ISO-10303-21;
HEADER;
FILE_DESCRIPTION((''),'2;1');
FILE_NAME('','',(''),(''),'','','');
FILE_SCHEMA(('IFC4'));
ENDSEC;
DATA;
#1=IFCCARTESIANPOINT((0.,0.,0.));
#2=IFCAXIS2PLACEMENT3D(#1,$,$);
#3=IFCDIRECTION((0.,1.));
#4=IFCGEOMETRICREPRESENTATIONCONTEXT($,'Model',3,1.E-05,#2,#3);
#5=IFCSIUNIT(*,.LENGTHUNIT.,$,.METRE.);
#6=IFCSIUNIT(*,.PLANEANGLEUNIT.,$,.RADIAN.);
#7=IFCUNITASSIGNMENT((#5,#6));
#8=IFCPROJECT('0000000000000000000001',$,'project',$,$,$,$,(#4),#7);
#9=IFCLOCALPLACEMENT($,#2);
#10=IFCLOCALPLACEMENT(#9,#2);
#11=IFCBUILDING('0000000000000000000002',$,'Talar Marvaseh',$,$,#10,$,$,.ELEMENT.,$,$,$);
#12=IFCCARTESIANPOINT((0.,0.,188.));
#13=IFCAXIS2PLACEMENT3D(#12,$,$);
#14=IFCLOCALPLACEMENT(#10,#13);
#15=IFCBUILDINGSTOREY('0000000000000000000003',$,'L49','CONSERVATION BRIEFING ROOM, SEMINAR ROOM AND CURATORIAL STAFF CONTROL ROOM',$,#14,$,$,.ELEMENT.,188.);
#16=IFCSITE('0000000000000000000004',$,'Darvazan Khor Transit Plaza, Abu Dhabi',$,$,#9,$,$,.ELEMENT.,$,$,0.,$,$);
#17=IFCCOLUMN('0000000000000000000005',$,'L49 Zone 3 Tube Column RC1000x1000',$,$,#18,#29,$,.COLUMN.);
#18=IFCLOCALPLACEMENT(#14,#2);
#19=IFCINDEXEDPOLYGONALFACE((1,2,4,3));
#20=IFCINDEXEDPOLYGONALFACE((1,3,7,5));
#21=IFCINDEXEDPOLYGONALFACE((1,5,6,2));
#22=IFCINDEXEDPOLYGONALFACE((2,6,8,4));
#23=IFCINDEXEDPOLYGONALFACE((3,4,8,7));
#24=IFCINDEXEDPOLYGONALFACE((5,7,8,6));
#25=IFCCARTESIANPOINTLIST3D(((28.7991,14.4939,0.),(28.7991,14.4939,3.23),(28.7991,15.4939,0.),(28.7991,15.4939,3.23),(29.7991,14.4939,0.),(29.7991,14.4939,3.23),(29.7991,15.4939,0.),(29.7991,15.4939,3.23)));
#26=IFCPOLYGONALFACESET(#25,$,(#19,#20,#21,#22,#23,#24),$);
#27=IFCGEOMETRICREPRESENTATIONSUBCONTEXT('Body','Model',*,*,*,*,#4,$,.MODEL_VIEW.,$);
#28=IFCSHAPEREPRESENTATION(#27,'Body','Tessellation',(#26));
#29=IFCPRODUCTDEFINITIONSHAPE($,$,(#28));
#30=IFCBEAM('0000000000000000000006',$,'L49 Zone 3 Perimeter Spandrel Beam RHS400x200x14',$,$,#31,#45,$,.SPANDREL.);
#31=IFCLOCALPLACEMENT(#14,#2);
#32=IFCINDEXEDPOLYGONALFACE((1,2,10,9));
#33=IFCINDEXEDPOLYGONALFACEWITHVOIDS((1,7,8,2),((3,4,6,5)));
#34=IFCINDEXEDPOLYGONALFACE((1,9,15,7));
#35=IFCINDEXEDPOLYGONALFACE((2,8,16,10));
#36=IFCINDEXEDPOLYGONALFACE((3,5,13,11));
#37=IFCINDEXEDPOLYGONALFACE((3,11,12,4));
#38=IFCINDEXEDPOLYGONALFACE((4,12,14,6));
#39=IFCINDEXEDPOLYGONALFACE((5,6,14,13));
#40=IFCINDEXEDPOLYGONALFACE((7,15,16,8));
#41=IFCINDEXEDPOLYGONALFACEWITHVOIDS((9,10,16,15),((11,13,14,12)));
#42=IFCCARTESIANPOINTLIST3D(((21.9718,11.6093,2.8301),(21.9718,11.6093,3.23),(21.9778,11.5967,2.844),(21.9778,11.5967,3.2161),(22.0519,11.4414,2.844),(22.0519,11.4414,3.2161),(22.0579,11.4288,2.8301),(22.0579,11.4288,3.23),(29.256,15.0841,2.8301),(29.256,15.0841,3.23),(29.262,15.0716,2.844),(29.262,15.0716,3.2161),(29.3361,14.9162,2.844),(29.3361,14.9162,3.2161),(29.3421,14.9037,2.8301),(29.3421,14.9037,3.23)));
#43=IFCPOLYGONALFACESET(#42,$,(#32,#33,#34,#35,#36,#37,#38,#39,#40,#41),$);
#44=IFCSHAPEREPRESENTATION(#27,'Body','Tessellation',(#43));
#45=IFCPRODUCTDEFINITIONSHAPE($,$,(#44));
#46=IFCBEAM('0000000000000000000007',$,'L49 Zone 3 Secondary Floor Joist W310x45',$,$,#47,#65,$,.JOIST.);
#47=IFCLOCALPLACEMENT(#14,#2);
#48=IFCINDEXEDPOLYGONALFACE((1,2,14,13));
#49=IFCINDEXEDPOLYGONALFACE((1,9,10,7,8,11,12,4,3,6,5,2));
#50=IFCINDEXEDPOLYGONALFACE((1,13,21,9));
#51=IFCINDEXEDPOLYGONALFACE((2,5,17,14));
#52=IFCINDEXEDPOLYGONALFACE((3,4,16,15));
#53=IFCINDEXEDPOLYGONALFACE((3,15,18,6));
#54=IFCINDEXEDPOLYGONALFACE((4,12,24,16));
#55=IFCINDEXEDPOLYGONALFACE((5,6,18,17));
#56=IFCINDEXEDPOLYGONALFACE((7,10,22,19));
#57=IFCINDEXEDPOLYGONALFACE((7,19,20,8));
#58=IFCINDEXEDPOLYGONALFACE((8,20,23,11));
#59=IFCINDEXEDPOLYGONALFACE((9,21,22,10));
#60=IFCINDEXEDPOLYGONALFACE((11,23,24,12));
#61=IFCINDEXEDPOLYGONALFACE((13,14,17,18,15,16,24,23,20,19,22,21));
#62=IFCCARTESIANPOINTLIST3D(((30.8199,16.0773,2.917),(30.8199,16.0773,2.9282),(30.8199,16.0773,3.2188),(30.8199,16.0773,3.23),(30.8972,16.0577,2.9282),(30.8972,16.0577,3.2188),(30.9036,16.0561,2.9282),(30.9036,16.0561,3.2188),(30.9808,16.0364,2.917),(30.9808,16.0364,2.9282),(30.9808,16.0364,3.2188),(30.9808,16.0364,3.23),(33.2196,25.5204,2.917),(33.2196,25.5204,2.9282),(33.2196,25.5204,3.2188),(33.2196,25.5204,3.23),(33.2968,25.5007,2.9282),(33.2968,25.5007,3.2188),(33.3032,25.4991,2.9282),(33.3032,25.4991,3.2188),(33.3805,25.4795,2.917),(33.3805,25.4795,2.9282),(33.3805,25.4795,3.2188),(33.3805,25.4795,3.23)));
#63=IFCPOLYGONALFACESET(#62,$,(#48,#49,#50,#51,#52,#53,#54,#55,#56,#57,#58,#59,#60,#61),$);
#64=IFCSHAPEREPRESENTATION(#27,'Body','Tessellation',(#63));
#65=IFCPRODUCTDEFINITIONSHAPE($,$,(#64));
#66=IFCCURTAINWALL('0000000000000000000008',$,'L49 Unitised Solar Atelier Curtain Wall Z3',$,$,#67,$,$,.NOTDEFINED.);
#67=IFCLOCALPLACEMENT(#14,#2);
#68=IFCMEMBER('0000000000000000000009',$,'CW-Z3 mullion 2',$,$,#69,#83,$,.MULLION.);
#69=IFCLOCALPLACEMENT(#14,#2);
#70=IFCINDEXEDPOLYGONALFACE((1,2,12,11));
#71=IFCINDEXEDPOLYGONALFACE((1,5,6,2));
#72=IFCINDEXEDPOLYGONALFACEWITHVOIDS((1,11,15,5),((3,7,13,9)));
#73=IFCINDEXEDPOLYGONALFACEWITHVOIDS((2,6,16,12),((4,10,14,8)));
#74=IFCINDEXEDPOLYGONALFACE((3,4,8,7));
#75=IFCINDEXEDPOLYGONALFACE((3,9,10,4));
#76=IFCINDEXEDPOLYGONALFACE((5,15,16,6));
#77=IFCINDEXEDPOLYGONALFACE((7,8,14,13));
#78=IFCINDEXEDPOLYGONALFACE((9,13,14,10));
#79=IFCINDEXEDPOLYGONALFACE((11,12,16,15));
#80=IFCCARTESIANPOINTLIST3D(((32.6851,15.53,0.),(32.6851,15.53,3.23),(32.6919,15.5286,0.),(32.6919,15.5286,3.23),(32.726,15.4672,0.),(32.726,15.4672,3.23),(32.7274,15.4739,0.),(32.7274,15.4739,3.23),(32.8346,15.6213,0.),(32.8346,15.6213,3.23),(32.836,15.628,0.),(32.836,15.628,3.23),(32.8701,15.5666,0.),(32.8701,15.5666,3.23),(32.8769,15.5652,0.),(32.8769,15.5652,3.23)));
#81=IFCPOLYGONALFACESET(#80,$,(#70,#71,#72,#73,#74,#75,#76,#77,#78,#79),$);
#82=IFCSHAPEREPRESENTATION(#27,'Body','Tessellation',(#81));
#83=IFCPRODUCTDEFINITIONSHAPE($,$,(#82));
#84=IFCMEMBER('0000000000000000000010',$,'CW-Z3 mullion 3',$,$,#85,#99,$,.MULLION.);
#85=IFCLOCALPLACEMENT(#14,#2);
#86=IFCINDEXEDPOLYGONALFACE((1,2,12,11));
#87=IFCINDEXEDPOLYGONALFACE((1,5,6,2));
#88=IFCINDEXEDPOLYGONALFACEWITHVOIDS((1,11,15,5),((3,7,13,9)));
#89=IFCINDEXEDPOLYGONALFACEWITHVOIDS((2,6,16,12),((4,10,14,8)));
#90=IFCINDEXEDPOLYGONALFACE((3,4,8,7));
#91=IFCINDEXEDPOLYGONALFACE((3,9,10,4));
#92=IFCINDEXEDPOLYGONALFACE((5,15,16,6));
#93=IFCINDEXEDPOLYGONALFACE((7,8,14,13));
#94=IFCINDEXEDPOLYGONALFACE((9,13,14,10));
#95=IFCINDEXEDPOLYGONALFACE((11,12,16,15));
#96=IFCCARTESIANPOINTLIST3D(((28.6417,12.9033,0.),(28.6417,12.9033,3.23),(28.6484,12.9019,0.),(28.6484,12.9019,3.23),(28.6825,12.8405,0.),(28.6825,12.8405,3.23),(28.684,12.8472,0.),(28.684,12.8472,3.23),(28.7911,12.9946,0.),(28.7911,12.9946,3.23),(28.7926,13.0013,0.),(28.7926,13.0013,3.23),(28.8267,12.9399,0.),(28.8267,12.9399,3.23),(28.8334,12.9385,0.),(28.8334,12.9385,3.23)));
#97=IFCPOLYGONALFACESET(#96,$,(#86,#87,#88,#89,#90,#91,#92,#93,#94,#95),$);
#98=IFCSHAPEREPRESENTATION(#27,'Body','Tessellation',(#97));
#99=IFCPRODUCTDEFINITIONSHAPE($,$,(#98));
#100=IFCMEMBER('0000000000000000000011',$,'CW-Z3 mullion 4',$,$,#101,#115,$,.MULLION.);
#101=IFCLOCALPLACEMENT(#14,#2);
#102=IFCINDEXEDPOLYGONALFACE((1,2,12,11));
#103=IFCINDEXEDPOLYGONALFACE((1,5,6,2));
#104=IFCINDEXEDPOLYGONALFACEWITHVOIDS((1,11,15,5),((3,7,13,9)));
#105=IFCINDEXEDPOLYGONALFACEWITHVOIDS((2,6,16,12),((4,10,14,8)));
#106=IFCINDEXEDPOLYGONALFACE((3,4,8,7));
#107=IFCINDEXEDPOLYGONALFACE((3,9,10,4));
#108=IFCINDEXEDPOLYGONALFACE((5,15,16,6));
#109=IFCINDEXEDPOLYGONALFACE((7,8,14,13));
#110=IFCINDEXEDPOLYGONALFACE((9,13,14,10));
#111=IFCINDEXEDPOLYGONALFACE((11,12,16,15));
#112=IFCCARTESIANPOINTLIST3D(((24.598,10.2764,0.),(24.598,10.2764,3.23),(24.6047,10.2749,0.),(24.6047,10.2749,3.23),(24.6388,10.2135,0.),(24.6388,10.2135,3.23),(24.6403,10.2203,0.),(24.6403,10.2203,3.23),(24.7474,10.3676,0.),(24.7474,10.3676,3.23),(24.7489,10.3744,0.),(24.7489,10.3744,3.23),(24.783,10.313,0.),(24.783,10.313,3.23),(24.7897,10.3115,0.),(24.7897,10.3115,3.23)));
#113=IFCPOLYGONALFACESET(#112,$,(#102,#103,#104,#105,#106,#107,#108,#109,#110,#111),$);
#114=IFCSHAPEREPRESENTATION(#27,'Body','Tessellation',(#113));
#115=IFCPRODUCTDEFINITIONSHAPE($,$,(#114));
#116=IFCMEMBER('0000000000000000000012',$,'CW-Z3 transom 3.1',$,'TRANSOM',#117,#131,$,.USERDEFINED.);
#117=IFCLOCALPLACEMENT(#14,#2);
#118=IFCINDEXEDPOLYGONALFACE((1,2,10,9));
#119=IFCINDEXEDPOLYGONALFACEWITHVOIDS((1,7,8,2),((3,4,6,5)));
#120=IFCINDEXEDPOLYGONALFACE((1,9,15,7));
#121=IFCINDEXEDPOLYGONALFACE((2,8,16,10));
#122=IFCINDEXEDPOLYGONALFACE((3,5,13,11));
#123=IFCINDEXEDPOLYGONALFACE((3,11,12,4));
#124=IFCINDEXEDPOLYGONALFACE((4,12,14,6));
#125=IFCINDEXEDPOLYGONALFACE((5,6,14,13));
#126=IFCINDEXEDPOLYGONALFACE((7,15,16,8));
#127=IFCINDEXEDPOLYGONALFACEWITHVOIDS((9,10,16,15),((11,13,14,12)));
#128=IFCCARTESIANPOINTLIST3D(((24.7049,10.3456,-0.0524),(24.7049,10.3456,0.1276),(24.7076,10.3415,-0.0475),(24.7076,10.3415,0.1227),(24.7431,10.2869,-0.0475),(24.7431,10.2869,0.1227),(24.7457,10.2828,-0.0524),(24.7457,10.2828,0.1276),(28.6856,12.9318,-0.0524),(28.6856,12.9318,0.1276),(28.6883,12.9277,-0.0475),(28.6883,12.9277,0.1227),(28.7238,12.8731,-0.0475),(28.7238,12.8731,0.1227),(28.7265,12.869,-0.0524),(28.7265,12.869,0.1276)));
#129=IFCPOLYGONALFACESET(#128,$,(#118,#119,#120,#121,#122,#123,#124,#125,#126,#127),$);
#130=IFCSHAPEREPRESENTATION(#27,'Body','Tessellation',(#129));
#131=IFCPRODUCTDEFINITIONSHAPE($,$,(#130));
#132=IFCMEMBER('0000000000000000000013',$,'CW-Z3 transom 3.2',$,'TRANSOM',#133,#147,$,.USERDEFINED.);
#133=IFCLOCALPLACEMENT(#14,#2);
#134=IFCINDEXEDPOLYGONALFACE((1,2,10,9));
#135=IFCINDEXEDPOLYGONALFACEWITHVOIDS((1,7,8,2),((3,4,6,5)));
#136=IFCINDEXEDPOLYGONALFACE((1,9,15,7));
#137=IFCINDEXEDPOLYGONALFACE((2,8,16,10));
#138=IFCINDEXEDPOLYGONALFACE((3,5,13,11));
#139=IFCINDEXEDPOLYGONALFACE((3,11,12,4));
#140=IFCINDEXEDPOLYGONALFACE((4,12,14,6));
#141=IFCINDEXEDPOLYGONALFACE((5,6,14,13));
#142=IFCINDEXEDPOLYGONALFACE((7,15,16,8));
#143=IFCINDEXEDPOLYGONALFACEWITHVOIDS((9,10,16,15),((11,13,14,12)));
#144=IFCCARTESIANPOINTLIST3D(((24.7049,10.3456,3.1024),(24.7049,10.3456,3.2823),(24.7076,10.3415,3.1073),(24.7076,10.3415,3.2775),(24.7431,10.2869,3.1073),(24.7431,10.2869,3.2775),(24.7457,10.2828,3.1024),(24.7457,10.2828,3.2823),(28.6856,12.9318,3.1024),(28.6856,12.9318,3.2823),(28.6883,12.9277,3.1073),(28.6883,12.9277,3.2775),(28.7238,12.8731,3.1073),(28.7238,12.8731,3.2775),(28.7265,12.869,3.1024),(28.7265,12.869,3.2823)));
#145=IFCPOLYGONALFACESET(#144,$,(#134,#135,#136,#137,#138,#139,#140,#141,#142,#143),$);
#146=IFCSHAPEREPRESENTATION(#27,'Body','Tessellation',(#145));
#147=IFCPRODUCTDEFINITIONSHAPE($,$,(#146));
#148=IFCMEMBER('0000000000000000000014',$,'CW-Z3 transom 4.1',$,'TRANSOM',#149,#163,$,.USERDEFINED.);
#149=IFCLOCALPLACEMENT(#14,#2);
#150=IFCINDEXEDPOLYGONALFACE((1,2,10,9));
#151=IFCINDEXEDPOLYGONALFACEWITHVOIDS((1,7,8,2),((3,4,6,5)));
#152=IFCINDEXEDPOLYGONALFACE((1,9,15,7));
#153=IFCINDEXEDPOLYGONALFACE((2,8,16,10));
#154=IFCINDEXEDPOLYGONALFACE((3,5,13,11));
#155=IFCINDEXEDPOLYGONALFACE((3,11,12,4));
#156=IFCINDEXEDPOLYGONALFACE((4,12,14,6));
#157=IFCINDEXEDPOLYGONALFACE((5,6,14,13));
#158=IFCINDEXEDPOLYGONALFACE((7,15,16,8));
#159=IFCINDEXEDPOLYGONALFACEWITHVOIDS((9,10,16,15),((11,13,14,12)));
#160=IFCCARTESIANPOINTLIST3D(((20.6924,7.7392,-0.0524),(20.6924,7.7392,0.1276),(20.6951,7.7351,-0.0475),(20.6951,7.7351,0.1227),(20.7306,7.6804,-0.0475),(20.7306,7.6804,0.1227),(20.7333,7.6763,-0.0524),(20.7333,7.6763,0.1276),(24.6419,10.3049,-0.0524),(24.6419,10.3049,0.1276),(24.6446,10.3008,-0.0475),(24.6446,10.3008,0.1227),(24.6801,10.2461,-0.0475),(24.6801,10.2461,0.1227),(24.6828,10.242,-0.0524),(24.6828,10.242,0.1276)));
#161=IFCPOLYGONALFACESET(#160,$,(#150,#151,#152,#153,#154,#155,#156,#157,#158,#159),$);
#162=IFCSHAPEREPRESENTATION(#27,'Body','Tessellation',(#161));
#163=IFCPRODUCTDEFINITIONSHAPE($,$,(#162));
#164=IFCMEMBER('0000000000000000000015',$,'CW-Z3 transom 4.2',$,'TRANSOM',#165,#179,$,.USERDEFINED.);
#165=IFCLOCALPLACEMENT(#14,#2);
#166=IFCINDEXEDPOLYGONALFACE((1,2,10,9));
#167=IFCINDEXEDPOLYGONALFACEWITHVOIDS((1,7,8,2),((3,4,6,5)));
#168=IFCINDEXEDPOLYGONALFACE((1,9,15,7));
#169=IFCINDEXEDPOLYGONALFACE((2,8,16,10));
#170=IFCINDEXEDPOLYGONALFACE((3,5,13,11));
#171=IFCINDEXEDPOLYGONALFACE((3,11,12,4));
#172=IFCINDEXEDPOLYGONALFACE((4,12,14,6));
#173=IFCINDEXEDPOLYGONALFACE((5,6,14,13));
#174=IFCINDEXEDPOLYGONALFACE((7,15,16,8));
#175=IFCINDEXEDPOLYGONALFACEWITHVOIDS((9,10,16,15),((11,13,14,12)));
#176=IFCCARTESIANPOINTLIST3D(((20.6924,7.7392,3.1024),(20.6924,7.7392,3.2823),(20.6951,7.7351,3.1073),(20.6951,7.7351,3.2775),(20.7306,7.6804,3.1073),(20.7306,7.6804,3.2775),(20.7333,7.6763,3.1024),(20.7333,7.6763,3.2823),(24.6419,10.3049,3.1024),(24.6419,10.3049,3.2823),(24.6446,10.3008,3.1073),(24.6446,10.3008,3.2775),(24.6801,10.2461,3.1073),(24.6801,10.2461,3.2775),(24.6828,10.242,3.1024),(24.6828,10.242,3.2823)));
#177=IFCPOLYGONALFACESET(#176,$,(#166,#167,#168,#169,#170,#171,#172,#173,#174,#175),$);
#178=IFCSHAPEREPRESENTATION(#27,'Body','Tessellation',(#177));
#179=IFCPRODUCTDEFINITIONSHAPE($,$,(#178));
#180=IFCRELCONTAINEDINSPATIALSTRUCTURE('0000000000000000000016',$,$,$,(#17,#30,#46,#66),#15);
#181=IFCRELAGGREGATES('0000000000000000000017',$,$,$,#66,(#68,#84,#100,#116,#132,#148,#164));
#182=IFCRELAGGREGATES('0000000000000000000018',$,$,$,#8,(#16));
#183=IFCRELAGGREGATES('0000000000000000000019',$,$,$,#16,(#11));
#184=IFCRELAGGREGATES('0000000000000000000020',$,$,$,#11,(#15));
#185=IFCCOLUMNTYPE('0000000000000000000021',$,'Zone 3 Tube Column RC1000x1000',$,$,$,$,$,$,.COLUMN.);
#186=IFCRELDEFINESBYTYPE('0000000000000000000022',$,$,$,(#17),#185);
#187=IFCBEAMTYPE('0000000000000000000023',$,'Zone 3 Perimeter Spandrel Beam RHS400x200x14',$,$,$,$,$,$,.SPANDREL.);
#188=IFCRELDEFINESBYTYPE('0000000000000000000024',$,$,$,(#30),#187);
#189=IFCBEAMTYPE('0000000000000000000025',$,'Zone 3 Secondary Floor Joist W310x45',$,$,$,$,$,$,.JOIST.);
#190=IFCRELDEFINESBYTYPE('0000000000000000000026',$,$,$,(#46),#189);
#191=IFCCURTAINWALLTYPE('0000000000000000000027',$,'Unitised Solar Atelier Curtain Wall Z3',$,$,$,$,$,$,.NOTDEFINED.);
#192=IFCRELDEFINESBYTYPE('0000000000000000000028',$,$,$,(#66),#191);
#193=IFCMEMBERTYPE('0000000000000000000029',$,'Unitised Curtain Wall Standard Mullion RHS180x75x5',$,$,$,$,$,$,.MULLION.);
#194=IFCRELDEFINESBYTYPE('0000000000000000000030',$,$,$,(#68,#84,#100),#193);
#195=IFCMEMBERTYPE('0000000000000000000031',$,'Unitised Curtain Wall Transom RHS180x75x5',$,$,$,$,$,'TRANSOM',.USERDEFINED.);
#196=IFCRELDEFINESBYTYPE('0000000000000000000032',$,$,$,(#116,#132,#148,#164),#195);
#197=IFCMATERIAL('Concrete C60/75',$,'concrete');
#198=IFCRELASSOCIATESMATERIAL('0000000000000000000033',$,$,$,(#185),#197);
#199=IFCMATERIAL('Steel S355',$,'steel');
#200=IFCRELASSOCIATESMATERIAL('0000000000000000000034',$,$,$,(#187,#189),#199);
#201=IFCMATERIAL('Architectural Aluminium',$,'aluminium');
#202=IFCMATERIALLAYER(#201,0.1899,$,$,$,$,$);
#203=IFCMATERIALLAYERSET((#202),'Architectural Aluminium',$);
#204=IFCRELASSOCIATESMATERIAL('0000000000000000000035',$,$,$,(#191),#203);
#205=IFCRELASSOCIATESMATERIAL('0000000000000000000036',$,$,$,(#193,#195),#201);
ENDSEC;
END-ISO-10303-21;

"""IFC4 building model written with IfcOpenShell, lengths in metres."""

from ifc_helpers import new_model, si_unit, direction, frame, origin, origin_2d, place, context, subcontext, project, spatial, rectangle, hollow_rectangle, i_section, extrude, source, transform, mapped, material, layer, layer_set, material_profile, profile_set, type_object, type_shapes, element, aggregate, save


model = new_model("IFC4")

# Units and contexts
model_context = context("Model", 3, precision=1e-05, world=origin(), true_north=direction((0.0, 1.0)))
body_context = subcontext(model_context, "Body", "Model", "MODEL_VIEW")
ifc_project = project(units=[si_unit("LENGTHUNIT", "METRE"), si_unit("PLANEANGLEUNIT", "RADIAN")], contexts=[model_context])

# Site, building, storey
site_placement = place(None, origin())
site = spatial("IfcSite", under=ifc_project, at=site_placement, Name="Darvazan Khor Transit Plaza, Abu Dhabi", CompositionType="ELEMENT", RefElevation=0.0)
building_placement = place(site_placement, origin())
building = spatial("IfcBuilding", under=site, at=building_placement, Name="Talar Marvaseh", CompositionType="ELEMENT")
storey_placement = place(building_placement, frame((0.0, 0.0, 188.0)))
storey = spatial("IfcBuildingStorey", under=building, at=storey_placement, Name="L49", Description="CONSERVATION BRIEFING ROOM, SEMINAR ROOM AND CURATORIAL STAFF CONTROL ROOM", CompositionType="ELEMENT", Elevation=188.0)

# Column
ifc_material_1 = material(Name="Concrete C60/75", Category="concrete")
ifc_material_profile_1 = material_profile(ifc_material_1, rectangle(XDim=1.0, YDim=1.0, at=origin_2d()), Name="RC1000x1000")
ifc_profile_set_1 = profile_set([ifc_material_profile_1], Name="Concrete C60/75")
column_type = type_object("IfcColumnType", Name="Zone 3 Tube Column RC1000x1000", PredefinedType="COLUMN", material=ifc_profile_set_1)
column_placement = place(storey_placement, frame((29.2991, 14.9939, 0.0), z_axis=(0.0, 0.0, 1.0), x_axis=(1.0, 0.0, 0.0)))
element("IfcColumn", 1, at=column_placement, inside=storey, type_object=column_type, Name="L49 Zone 3 Tube Column RC1000x1000", PredefinedType="COLUMN", context=body_context, shape_type="SweptSolid", body=[
    extrude(rectangle(XDim=1.0, YDim=1.0, at=origin_2d()), origin(), (0.0, 0.0, 1.0), 3.23),
])

# Beams
ifc_material_2 = material(Name="Steel S355", Category="steel")
ifc_material_profile_2 = material_profile(ifc_material_2, hollow_rectangle(XDim=0.2, YDim=0.3999, WallThickness=0.0139, at=origin_2d()), Name="RHS400x200x14")
ifc_profile_set_2 = profile_set([ifc_material_profile_2], Name="Steel S355")
beam_type_1 = type_object("IfcBeamType", Name="Zone 3 Perimeter Spandrel Beam RHS400x200x14", PredefinedType="SPANDREL", material=ifc_profile_set_2)
beam_1_placement = place(storey_placement, frame((29.2991, 14.9939, 3.03), z_axis=(-0.902562, -0.430559, 0.0), x_axis=(0.430559, -0.902562, 0.0)))
element("IfcBeam", 2, at=beam_1_placement, inside=storey, type_object=beam_type_1, Name="L49 Zone 3 Perimeter Spandrel Beam RHS400x200x14", PredefinedType="SPANDREL", context=body_context, shape_type="SweptSolid", body=[
    extrude(hollow_rectangle(XDim=0.2, YDim=0.3999, WallThickness=0.0139, at=origin_2d()), origin(), (0.0, 0.0, 1.0), 8.0706),
])
ifc_material_profile_3 = material_profile(ifc_material_2, i_section(OverallWidth=0.166, OverallDepth=0.313, WebThickness=0.0066, FlangeThickness=0.0112, at=origin_2d()), Name="W310x45")
ifc_profile_set_3 = profile_set([ifc_material_profile_3], Name="Steel S355")
beam_type_2 = type_object("IfcBeamType", Name="Zone 3 Secondary Floor Joist W310x45", PredefinedType="JOIST", material=ifc_profile_set_3)
beam_2_placement = place(storey_placement, frame((30.9004, 16.0569, 3.0735), z_axis=(0.246289, 0.969196, 0.0), x_axis=(-0.969196, 0.246289, 0.0)))
element("IfcBeam", 3, at=beam_2_placement, inside=storey, type_object=beam_type_2, Name="L49 Zone 3 Secondary Floor Joist W310x45", PredefinedType="JOIST", context=body_context, shape_type="SweptSolid", body=[
    extrude(i_section(OverallWidth=0.166, OverallDepth=0.313, WebThickness=0.0066, FlangeThickness=0.0112, at=origin_2d()), origin(), (0.0, 0.0, 1.0), 9.7432),
])

# Curtain wall, members
ifc_material_3 = material(Name="Architectural Aluminium", Category="aluminium")
ifc_layer_1 = layer(ifc_material_3, 0.1899)
ifc_layer_set_1 = layer_set([ifc_layer_1], Name="Architectural Aluminium")
curtain_wall_type = type_object("IfcCurtainWallType", Name="Unitised Solar Atelier Curtain Wall Z3", PredefinedType="NOTDEFINED", material=ifc_layer_set_1)
curtain_wall_placement = place(storey_placement, origin())
curtain_wall = element("IfcCurtainWall", 4, at=curtain_wall_placement, inside=storey, type_object=curtain_wall_type, Name="L49 Unitised Solar Atelier Curtain Wall Z3", PredefinedType="NOTDEFINED")
ifc_material_profile_4 = material_profile(ifc_material_3, hollow_rectangle(XDim=0.075, YDim=0.1799, WallThickness=0.0049, at=origin_2d()), Name="RHS180x75x5")
ifc_profile_set_4 = profile_set([ifc_material_profile_4], Name="Architectural Aluminium")
member_type_1 = type_object("IfcMemberType", Name="Unitised Curtain Wall Standard Mullion RHS180x75x5", PredefinedType="MULLION", material=ifc_profile_set_4)
shared_shape_1 = source(origin(), body_context, "Body", "SweptSolid", [
    extrude(hollow_rectangle(XDim=0.075, YDim=0.1799, WallThickness=0.0049, at=origin_2d()), origin(), (0.0, 0.0, 1.0), 3.23),
])
type_shapes(member_type_1, [shared_shape_1])
member_1_placement = place(storey_placement, frame((32.781, 15.5476, 0.0), z_axis=(0.0, 0.0, 1.0), x_axis=(0.544771, -0.838585, 0.0)))
member_1 = element("IfcMember", 5, at=member_1_placement, type_object=member_type_1, Name="CW-Z3 mullion 2", PredefinedType="MULLION", context=body_context, shape_type="MappedRepresentation", body=[
    mapped(shared_shape_1, transform((0.0, 0.0, 0.0), x_axis=(1.0, 0.0, 0.0), y_axis=(0.0, 1.0, 0.0), z_axis=(0.0, 0.0, 1.0), scale=1.0)),
])
member_2_placement = place(storey_placement, frame((28.7375, 12.9209, 0.0), z_axis=(0.0, 0.0, 1.0), x_axis=(0.544771, -0.838585, 0.0)))
member_2 = element("IfcMember", 6, at=member_2_placement, type_object=member_type_1, Name="CW-Z3 mullion 3", PredefinedType="MULLION", context=body_context, shape_type="MappedRepresentation", body=[
    mapped(shared_shape_1, transform((0.0, 0.0, 0.0), x_axis=(1.0, 0.0, 0.0), y_axis=(0.0, 1.0, 0.0), z_axis=(0.0, 0.0, 1.0), scale=1.0)),
])
member_3_placement = place(storey_placement, frame((24.6938, 10.2939, 0.0), z_axis=(0.0, 0.0, 1.0), x_axis=(0.544771, -0.838585, 0.0)))
member_3 = element("IfcMember", 7, at=member_3_placement, type_object=member_type_1, Name="CW-Z3 mullion 4", PredefinedType="MULLION", context=body_context, shape_type="MappedRepresentation", body=[
    mapped(shared_shape_1, transform((0.0, 0.0, 0.0), x_axis=(1.0, 0.0, 0.0), y_axis=(0.0, 1.0, 0.0), z_axis=(0.0, 0.0, 1.0), scale=1.0)),
])
ifc_material_profile_5 = material_profile(ifc_material_3, hollow_rectangle(XDim=0.075, YDim=0.1799, WallThickness=0.0049, at=origin_2d()), Name="RHS180x75x5")
ifc_profile_set_5 = profile_set([ifc_material_profile_5], Name="Architectural Aluminium")
member_type_2 = type_object("IfcMemberType", Name="Unitised Curtain Wall Transom RHS180x75x5", ElementType="TRANSOM", PredefinedType="USERDEFINED", material=ifc_profile_set_5)
shared_shape_2 = source(origin(), body_context, "Body", "SweptSolid", [
    extrude(hollow_rectangle(XDim=0.075, YDim=0.1799, WallThickness=0.0049, at=origin_2d()), origin(), (0.0, 0.0, 1.0), 4.7471),
])
member_4_placement = place(storey_placement, frame((28.7061, 12.9004, 0.0376), z_axis=(-0.838567, -0.544799, 0.0), x_axis=(0.544799, -0.838567, 0.0)))
member_4 = element("IfcMember", 8, at=member_4_placement, type_object=member_type_2, Name="CW-Z3 transom 3.1", ObjectType="TRANSOM", PredefinedType="USERDEFINED", context=body_context, shape_type="MappedRepresentation", body=[
    mapped(shared_shape_2, transform((0.0, 0.0, 0.0), x_axis=(1.0, 0.0, 0.0), y_axis=(0.0, 1.0, 0.0), z_axis=(0.0, 0.0, 1.0), scale=1.0)),
])
member_5_placement = place(storey_placement, frame((28.7061, 12.9004, 3.1924), z_axis=(-0.838567, -0.544799, 0.0), x_axis=(0.544799, -0.838567, 0.0)))
member_5 = element("IfcMember", 9, at=member_5_placement, type_object=member_type_2, Name="CW-Z3 transom 3.2", ObjectType="TRANSOM", PredefinedType="USERDEFINED", context=body_context, shape_type="MappedRepresentation", body=[
    mapped(shared_shape_2, transform((0.0, 0.0, 0.0), x_axis=(1.0, 0.0, 0.0), y_axis=(0.0, 1.0, 0.0), z_axis=(0.0, 0.0, 1.0), scale=1.0)),
])
shared_shape_3 = source(origin(), body_context, "Body", "SweptSolid", [
    extrude(hollow_rectangle(XDim=0.075, YDim=0.1799, WallThickness=0.0049, at=origin_2d()), origin(), (0.0, 0.0, 1.0), 4.7097),
])
member_6_placement = place(storey_placement, frame((24.6624, 10.2734, 0.0376), z_axis=(-0.838587, -0.544768, 0.0), x_axis=(0.544768, -0.838587, 0.0)))
member_6 = element("IfcMember", 10, at=member_6_placement, type_object=member_type_2, Name="CW-Z3 transom 4.1", ObjectType="TRANSOM", PredefinedType="USERDEFINED", context=body_context, shape_type="MappedRepresentation", body=[
    mapped(shared_shape_3, transform((0.0, 0.0, 0.0), x_axis=(1.0, 0.0, 0.0), y_axis=(0.0, 1.0, 0.0), z_axis=(0.0, 0.0, 1.0), scale=1.0)),
])
member_7_placement = place(storey_placement, frame((24.6624, 10.2734, 3.1924), z_axis=(-0.838587, -0.544768, 0.0), x_axis=(0.544768, -0.838587, 0.0)))
member_7 = element("IfcMember", 11, at=member_7_placement, type_object=member_type_2, Name="CW-Z3 transom 4.2", ObjectType="TRANSOM", PredefinedType="USERDEFINED", context=body_context, shape_type="MappedRepresentation", body=[
    mapped(shared_shape_3, transform((0.0, 0.0, 0.0), x_axis=(1.0, 0.0, 0.0), y_axis=(0.0, 1.0, 0.0), z_axis=(0.0, 0.0, 1.0), scale=1.0)),
])
aggregate(curtain_wall, [member_1, member_2, member_3, member_4, member_5, member_6, member_7])

save(model, "model.ifc")
